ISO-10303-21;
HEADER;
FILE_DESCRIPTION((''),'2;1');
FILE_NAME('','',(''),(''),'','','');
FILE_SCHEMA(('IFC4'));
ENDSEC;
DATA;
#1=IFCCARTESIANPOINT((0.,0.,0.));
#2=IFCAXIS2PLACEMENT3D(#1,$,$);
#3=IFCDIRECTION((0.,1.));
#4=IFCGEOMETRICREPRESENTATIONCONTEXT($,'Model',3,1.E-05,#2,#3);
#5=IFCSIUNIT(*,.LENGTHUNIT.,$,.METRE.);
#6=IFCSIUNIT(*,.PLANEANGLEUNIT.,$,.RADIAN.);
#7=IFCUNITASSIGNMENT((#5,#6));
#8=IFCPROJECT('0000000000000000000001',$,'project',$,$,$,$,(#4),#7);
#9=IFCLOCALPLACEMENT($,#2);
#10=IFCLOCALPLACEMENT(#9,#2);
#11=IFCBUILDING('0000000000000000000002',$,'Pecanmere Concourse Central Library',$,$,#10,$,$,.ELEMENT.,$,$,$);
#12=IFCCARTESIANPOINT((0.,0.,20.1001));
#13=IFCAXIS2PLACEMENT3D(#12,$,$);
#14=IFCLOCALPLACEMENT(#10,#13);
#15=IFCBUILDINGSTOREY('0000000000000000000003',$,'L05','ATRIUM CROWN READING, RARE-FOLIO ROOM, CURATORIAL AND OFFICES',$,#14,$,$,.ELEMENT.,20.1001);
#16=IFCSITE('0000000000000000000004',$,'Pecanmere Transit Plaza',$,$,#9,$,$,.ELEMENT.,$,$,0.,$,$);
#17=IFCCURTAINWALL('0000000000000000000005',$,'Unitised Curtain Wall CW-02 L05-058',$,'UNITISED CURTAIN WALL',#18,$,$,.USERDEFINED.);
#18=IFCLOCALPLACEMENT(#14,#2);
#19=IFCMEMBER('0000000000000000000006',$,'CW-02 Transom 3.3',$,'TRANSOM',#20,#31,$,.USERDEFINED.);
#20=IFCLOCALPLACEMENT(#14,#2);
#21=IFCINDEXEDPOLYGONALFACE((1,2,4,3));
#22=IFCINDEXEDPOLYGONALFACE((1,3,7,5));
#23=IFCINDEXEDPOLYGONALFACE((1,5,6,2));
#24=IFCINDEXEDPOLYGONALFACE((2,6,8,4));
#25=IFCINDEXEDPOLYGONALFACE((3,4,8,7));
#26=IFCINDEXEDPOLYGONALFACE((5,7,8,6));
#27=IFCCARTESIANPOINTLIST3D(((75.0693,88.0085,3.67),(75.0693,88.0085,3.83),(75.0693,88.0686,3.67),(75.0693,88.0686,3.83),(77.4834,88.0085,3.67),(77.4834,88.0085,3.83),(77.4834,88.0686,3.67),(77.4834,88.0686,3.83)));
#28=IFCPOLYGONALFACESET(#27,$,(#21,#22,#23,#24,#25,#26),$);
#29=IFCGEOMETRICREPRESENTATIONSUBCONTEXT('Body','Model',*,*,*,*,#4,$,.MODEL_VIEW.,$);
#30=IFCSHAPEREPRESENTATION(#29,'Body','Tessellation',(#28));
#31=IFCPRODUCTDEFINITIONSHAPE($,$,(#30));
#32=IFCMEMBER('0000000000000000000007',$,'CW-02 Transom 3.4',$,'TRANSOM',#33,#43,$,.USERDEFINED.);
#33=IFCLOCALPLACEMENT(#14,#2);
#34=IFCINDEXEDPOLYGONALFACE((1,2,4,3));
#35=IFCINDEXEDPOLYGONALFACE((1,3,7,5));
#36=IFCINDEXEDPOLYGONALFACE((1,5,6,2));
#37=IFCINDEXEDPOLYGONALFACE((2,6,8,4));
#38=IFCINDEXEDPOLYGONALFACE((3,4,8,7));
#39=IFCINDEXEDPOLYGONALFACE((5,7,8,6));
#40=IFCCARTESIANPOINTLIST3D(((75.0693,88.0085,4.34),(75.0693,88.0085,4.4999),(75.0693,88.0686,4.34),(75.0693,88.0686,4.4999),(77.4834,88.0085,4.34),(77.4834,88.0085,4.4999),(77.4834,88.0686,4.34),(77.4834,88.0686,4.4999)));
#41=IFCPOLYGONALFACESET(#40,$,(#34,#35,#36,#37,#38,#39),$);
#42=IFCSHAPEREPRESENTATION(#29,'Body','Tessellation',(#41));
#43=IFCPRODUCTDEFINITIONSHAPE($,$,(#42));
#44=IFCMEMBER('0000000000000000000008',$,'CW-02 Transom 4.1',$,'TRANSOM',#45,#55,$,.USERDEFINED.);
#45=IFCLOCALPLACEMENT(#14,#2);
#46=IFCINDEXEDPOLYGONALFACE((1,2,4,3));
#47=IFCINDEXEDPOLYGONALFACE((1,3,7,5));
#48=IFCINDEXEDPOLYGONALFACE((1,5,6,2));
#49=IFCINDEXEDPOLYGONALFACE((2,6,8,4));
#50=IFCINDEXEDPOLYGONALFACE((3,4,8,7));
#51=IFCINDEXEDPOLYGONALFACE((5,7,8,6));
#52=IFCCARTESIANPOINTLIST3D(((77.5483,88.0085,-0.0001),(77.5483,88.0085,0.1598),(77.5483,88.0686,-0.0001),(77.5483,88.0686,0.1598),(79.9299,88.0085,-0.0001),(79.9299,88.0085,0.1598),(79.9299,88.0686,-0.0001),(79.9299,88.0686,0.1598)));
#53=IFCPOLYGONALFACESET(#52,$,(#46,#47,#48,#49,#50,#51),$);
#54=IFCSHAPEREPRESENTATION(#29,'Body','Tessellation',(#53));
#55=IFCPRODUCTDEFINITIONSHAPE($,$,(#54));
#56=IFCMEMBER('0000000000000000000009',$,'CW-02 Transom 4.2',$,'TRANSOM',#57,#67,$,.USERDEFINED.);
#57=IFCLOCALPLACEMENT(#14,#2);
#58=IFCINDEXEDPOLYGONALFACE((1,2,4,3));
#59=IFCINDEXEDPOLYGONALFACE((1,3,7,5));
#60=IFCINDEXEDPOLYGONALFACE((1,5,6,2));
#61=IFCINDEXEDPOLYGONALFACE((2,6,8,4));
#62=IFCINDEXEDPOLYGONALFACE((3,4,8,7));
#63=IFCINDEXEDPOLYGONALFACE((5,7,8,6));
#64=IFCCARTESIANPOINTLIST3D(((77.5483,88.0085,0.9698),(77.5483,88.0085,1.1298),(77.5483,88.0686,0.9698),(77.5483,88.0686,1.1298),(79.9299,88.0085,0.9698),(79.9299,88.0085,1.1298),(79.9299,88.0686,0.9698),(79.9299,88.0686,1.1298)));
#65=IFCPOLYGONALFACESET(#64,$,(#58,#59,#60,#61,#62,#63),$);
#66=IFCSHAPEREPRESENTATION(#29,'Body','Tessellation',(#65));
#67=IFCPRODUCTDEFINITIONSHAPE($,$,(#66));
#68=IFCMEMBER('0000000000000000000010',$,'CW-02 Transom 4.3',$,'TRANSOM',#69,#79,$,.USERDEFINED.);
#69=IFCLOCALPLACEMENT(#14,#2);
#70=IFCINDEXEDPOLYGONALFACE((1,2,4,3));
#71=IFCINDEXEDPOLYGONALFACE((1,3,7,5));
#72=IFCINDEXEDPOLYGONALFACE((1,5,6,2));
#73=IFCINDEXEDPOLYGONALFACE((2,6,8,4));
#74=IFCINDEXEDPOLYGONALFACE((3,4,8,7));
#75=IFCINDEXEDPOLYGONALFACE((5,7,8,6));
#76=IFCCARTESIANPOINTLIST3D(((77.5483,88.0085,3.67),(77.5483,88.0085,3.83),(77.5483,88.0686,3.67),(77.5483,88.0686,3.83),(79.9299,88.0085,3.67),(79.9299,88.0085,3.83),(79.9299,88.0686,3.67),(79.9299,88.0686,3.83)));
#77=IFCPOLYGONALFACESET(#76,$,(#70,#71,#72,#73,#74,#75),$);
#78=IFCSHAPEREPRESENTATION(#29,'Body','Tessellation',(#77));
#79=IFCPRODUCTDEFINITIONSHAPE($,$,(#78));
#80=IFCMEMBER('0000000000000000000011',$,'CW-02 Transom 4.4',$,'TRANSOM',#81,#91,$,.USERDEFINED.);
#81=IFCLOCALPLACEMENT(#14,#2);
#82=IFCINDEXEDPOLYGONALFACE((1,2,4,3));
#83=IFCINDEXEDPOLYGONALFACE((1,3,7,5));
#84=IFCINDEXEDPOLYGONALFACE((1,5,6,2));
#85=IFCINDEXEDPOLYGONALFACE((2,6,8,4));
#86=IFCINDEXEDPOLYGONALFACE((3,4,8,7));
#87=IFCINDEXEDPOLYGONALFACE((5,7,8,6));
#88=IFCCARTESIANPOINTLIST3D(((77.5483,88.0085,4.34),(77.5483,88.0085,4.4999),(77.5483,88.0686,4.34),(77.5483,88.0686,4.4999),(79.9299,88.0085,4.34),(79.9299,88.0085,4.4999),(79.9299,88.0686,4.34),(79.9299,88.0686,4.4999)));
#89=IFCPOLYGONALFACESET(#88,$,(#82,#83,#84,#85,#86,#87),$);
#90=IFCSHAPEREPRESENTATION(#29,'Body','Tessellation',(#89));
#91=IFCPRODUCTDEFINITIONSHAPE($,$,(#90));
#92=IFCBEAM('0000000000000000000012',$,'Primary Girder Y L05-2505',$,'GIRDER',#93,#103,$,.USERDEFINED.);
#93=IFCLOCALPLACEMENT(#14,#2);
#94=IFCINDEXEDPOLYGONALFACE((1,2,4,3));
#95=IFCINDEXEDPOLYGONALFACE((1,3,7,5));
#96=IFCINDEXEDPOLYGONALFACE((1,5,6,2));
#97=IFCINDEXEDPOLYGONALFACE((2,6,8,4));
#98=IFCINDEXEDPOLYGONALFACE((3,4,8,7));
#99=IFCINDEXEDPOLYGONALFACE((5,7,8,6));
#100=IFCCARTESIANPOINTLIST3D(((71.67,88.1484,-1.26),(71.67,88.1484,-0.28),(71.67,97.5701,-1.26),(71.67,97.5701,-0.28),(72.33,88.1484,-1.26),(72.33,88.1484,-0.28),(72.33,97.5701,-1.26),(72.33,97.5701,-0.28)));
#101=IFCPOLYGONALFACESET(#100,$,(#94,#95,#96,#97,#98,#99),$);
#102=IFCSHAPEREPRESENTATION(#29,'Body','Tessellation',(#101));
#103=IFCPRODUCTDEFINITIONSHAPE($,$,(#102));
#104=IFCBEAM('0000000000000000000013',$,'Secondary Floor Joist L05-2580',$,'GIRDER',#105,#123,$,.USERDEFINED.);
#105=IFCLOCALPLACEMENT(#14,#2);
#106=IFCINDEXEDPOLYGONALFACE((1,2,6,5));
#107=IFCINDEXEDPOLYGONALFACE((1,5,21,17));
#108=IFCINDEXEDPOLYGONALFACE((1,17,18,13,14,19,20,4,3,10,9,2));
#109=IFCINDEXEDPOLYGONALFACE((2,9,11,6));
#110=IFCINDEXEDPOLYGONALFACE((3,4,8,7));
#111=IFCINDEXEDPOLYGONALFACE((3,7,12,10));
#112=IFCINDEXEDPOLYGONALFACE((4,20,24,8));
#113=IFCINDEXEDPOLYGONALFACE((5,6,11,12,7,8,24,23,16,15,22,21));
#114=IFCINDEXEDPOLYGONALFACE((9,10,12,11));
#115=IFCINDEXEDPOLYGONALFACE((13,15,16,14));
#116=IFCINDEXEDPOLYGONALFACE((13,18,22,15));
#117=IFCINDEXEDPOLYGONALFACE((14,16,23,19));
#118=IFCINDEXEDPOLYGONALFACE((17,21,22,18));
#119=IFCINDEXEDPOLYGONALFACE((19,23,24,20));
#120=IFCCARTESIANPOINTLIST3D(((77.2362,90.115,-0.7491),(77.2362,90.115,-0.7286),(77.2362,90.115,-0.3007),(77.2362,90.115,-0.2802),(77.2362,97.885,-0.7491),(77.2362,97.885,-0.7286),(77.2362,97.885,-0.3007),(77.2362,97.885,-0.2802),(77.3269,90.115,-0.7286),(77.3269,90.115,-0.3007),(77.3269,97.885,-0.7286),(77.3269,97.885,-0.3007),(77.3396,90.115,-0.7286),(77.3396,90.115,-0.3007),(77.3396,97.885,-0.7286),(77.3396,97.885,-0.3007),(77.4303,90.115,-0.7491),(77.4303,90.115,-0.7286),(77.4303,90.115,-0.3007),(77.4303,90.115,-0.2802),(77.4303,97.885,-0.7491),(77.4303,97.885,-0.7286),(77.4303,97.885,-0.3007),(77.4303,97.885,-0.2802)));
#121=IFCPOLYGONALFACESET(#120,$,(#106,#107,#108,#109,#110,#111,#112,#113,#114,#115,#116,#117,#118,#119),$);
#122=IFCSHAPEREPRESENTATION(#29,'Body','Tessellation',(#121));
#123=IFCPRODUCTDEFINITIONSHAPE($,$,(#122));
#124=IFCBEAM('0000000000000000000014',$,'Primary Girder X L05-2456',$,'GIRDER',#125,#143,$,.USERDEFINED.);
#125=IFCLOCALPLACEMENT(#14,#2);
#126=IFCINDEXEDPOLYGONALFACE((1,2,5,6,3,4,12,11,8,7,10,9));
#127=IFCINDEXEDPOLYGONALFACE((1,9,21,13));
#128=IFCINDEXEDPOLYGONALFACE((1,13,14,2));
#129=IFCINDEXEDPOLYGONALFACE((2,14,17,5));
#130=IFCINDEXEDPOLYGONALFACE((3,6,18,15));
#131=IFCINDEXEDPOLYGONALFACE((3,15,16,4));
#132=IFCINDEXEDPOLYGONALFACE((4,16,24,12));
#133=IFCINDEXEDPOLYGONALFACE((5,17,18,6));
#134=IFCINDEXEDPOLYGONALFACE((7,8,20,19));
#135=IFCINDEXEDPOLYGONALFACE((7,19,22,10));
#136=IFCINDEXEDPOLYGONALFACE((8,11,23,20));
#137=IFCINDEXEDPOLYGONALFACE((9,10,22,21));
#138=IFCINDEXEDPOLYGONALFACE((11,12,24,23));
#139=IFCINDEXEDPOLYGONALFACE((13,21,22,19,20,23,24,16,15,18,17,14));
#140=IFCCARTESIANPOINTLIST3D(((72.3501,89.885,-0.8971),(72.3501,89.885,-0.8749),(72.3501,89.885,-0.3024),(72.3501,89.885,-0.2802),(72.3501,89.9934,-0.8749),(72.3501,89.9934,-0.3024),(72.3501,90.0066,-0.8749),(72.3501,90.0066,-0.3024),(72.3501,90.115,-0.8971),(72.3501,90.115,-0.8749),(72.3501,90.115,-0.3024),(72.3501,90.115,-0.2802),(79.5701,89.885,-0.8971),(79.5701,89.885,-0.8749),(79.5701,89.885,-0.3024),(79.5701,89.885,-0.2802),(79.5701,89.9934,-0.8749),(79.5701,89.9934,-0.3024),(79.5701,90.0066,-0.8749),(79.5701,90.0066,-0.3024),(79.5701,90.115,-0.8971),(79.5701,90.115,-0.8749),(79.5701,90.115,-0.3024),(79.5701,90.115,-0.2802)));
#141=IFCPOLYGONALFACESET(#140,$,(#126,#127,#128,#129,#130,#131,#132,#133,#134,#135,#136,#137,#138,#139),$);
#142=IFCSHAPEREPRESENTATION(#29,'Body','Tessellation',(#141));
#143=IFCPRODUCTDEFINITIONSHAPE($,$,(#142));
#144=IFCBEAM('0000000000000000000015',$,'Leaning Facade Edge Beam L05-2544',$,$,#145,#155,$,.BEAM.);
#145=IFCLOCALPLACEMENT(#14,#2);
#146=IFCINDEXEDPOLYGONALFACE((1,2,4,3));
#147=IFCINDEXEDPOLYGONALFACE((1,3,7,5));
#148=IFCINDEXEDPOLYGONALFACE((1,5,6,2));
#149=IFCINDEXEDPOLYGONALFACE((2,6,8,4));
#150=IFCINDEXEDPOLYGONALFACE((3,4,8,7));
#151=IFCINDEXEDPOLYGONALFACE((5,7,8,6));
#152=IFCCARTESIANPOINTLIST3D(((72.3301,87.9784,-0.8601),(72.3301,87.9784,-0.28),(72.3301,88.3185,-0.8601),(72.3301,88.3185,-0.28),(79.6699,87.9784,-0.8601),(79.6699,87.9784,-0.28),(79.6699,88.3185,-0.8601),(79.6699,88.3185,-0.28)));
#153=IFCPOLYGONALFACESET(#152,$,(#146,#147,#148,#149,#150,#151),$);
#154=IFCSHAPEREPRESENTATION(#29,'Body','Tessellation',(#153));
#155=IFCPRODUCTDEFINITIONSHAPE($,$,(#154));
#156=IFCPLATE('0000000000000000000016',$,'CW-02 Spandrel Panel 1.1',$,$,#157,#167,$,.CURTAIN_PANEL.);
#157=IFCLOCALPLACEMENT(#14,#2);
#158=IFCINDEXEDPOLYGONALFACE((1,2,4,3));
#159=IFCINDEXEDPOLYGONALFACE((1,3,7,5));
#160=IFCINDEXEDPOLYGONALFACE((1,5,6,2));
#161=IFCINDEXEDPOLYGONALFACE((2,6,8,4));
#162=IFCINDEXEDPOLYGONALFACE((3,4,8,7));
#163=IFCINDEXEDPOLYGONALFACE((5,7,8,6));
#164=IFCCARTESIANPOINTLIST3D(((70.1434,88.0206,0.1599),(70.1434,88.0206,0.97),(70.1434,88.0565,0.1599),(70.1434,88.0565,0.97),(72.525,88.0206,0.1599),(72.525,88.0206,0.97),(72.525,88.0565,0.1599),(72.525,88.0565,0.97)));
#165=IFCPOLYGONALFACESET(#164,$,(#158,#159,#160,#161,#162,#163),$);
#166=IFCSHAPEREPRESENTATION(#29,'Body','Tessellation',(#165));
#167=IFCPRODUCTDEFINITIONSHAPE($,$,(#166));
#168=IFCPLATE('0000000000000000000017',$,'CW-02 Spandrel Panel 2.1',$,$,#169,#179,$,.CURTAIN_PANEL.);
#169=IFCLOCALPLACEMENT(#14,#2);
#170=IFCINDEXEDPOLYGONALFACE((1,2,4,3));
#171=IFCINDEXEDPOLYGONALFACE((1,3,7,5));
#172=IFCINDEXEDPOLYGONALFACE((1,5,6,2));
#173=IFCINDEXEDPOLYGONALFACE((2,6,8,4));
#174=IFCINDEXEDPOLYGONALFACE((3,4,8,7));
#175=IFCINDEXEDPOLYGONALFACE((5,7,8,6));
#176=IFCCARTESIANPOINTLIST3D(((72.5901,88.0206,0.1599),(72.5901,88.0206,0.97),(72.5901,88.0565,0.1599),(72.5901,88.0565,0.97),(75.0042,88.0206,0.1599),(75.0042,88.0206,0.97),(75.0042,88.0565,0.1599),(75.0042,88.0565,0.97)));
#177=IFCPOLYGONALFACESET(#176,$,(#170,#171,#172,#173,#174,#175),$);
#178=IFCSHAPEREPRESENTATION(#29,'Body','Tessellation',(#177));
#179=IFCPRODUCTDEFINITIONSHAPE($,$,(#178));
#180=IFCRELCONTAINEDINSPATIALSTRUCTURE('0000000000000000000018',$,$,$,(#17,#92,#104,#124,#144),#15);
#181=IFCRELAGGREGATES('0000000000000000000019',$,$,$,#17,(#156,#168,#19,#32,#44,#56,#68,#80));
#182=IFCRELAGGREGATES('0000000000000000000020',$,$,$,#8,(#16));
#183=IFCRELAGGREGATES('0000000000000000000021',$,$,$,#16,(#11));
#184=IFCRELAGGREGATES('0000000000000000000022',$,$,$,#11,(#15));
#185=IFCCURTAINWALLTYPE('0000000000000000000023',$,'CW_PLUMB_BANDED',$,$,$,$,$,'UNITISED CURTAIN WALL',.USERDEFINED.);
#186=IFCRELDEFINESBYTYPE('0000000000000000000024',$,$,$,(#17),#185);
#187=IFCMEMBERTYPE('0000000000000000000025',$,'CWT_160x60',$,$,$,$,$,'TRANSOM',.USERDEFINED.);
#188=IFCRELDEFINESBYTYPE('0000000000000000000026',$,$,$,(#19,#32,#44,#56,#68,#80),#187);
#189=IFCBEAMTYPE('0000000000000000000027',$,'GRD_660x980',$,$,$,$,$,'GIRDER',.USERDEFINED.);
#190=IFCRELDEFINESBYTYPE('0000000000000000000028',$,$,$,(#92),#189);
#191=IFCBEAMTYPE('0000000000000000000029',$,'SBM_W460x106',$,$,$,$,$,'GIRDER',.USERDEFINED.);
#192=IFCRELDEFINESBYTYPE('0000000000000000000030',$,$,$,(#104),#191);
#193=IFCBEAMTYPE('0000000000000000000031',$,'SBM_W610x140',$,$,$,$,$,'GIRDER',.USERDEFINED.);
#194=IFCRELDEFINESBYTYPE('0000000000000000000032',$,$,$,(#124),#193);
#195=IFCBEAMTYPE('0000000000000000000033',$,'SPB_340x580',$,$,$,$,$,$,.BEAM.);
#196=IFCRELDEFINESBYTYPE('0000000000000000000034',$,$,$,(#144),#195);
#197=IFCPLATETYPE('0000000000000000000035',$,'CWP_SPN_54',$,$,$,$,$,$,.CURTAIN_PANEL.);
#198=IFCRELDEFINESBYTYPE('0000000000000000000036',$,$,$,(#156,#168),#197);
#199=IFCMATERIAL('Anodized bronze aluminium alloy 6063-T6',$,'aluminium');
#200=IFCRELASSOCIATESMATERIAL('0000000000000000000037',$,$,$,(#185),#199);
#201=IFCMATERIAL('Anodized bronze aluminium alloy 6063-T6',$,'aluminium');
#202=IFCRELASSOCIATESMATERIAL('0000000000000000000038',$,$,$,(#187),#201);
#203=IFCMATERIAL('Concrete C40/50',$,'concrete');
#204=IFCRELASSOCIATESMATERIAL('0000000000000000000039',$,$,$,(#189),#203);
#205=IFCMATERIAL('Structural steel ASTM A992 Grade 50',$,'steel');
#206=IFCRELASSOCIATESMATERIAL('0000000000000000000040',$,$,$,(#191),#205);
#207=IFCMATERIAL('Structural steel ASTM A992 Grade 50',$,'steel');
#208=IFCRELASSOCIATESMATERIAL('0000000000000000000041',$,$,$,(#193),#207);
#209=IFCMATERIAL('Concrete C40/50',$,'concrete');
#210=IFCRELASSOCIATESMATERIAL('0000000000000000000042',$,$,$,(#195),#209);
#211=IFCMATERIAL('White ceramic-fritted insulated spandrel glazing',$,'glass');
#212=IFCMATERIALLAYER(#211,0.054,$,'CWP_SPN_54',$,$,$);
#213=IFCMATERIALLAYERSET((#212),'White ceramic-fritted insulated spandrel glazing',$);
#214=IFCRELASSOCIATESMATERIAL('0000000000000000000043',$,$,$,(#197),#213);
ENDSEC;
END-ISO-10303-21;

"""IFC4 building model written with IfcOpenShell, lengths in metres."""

from ifc_helpers import new_model, si_unit, direction, frame, origin, origin_2d, place, context, subcontext, project, spatial, rectangle, i_section, extrude, material, layer, layer_set, material_profile, profile_set, type_object, element, aggregate, save


model = new_model("IFC4")

# Units and contexts
model_context = context("Model", 3, precision=1e-05, world=origin(), true_north=direction((0.0, 1.0)))
body_context = subcontext(model_context, "Body", "Model", "MODEL_VIEW")
ifc_project = project(units=[si_unit("LENGTHUNIT", "METRE"), si_unit("PLANEANGLEUNIT", "RADIAN")], contexts=[model_context])

# Site, building, storey
site_placement = place(None, origin())
site = spatial("IfcSite", under=ifc_project, at=site_placement, Name="Pecanmere Transit Plaza", CompositionType="ELEMENT", RefElevation=0.0)
building_placement = place(site_placement, origin())
building = spatial("IfcBuilding", under=site, at=building_placement, Name="Pecanmere Concourse Central Library", CompositionType="ELEMENT")
storey_placement = place(building_placement, frame((0.0, 0.0, 20.1001)))
storey = spatial("IfcBuildingStorey", under=building, at=storey_placement, Name="L05", Description="ATRIUM CROWN READING, RARE-FOLIO ROOM, CURATORIAL AND OFFICES", CompositionType="ELEMENT", Elevation=20.1001)

# Curtain wall, members
ifc_material_1 = material(Name="Anodized bronze aluminium alloy 6063-T6", Category="aluminium")
curtain_wall_type = type_object("IfcCurtainWallType", Name="CW_PLUMB_BANDED", ElementType="UNITISED CURTAIN WALL", PredefinedType="USERDEFINED", material=ifc_material_1)
curtain_wall_placement = place(storey_placement, origin())
curtain_wall = element("IfcCurtainWall", 1, at=curtain_wall_placement, inside=storey, type_object=curtain_wall_type, Name="Unitised Curtain Wall CW-02 L05-058", ObjectType="UNITISED CURTAIN WALL", PredefinedType="USERDEFINED")
ifc_material_2 = material(Name="Anodized bronze aluminium alloy 6063-T6", Category="aluminium")
ifc_material_profile_1 = material_profile(ifc_material_2, rectangle(XDim=0.0601, YDim=0.1599, at=origin_2d()), Name="AL 60x160")
ifc_profile_set_1 = profile_set([ifc_material_profile_1], Name="Anodized bronze aluminium alloy 6063-T6")
member_type_1 = type_object("IfcMemberType", Name="CWT_160x60", ElementType="TRANSOM", PredefinedType="USERDEFINED", material=ifc_profile_set_1)
member_1_placement = place(storey_placement, frame((75.0693, 88.0386, 3.75), z_axis=(1.0, 0.0, 0.0), x_axis=(0.0, 1.0, 0.0)))
member_1 = element("IfcMember", 2, at=member_1_placement, type_object=member_type_1, Name="CW-02 Transom 3.3", ObjectType="TRANSOM", PredefinedType="USERDEFINED", context=body_context, shape_type="SweptSolid", body=[
    extrude(rectangle(XDim=0.0601, YDim=0.1599, at=origin_2d()), origin(), (0.0, 0.0, 1.0), 2.4141),
])
member_2_placement = place(storey_placement, frame((75.0693, 88.0386, 4.4199), z_axis=(1.0, 0.0, 0.0), x_axis=(0.0, 1.0, 0.0)))
member_2 = element("IfcMember", 3, at=member_2_placement, type_object=member_type_1, Name="CW-02 Transom 3.4", ObjectType="TRANSOM", PredefinedType="USERDEFINED", context=body_context, shape_type="SweptSolid", body=[
    extrude(rectangle(XDim=0.0601, YDim=0.1599, at=origin_2d()), origin(), (0.0, 0.0, 1.0), 2.4141),
])
member_3_placement = place(storey_placement, frame((77.5483, 88.0386, 0.0798), z_axis=(1.0, 0.0, 0.0), x_axis=(0.0, 1.0, 0.0)))
member_3 = element("IfcMember", 4, at=member_3_placement, type_object=member_type_1, Name="CW-02 Transom 4.1", ObjectType="TRANSOM", PredefinedType="USERDEFINED", context=body_context, shape_type="SweptSolid", body=[
    extrude(rectangle(XDim=0.0601, YDim=0.1599, at=origin_2d()), origin(), (0.0, 0.0, 1.0), 2.3816),
])
member_4_placement = place(storey_placement, frame((77.5483, 88.0386, 1.0498), z_axis=(1.0, 0.0, 0.0), x_axis=(0.0, 1.0, 0.0)))
member_4 = element("IfcMember", 5, at=member_4_placement, type_object=member_type_1, Name="CW-02 Transom 4.2", ObjectType="TRANSOM", PredefinedType="USERDEFINED", context=body_context, shape_type="SweptSolid", body=[
    extrude(rectangle(XDim=0.0601, YDim=0.1599, at=origin_2d()), origin(), (0.0, 0.0, 1.0), 2.3816),
])
member_5_placement = place(storey_placement, frame((77.5483, 88.0386, 3.75), z_axis=(1.0, 0.0, 0.0), x_axis=(0.0, 1.0, 0.0)))
member_5 = element("IfcMember", 6, at=member_5_placement, type_object=member_type_1, Name="CW-02 Transom 4.3", ObjectType="TRANSOM", PredefinedType="USERDEFINED", context=body_context, shape_type="SweptSolid", body=[
    extrude(rectangle(XDim=0.0601, YDim=0.1599, at=origin_2d()), origin(), (0.0, 0.0, 1.0), 2.3816),
])
member_6_placement = place(storey_placement, frame((77.5483, 88.0386, 4.4199), z_axis=(1.0, 0.0, 0.0), x_axis=(0.0, 1.0, 0.0)))
member_6 = element("IfcMember", 7, at=member_6_placement, type_object=member_type_1, Name="CW-02 Transom 4.4", ObjectType="TRANSOM", PredefinedType="USERDEFINED", context=body_context, shape_type="SweptSolid", body=[
    extrude(rectangle(XDim=0.0601, YDim=0.1599, at=origin_2d()), origin(), (0.0, 0.0, 1.0), 2.3816),
])

# Beams
ifc_material_3 = material(Name="Concrete C40/50", Category="concrete")
ifc_material_profile_2 = material_profile(ifc_material_3, rectangle(XDim=0.6599, YDim=0.98, at=origin_2d()), Name="RC 660x980")
ifc_profile_set_2 = profile_set([ifc_material_profile_2], Name="Concrete C40/50")
beam_type_1 = type_object("IfcBeamType", Name="GRD_660x980", ElementType="GIRDER", PredefinedType="USERDEFINED", material=ifc_profile_set_2)
beam_1_placement = place(storey_placement, frame((72.0, 88.1484, -0.77), z_axis=(0.0, 1.0, 0.0), x_axis=(-1.0, 0.0, 0.0)))
element("IfcBeam", 8, at=beam_1_placement, inside=storey, type_object=beam_type_1, Name="Primary Girder Y L05-2505", ObjectType="GIRDER", PredefinedType="USERDEFINED", context=body_context, shape_type="SweptSolid", body=[
    extrude(rectangle(XDim=0.6599, YDim=0.98, at=origin_2d()), origin(), (0.0, 0.0, 1.0), 9.4216),
])
ifc_material_4 = material(Name="Structural steel ASTM A992 Grade 50", Category="steel")
ifc_material_profile_3 = material_profile(ifc_material_4, i_section(OverallWidth=0.1941, OverallDepth=0.469, WebThickness=0.0127, FlangeThickness=0.0205, at=origin_2d()), Name="W460x106")
ifc_profile_set_3 = profile_set([ifc_material_profile_3], Name="Structural steel ASTM A992 Grade 50")
beam_type_2 = type_object("IfcBeamType", Name="SBM_W460x106", ElementType="GIRDER", PredefinedType="USERDEFINED", material=ifc_profile_set_3)
beam_2_placement = place(storey_placement, frame((77.3333, 90.115, -0.5146), z_axis=(0.0, 1.0, 0.0), x_axis=(-1.0, 0.0, 0.0)))
element("IfcBeam", 9, at=beam_2_placement, inside=storey, type_object=beam_type_2, Name="Secondary Floor Joist L05-2580", ObjectType="GIRDER", PredefinedType="USERDEFINED", context=body_context, shape_type="SweptSolid", body=[
    extrude(i_section(OverallWidth=0.1941, OverallDepth=0.469, WebThickness=0.0127, FlangeThickness=0.0205, at=origin_2d()), origin(), (0.0, 0.0, 1.0), 7.77),
])
ifc_material_5 = material(Name="Structural steel ASTM A992 Grade 50", Category="steel")
ifc_material_profile_4 = material_profile(ifc_material_5, i_section(OverallWidth=0.23, OverallDepth=0.6169, WebThickness=0.0132, FlangeThickness=0.0222, at=origin_2d()), Name="W610x140")
ifc_profile_set_4 = profile_set([ifc_material_profile_4], Name="Structural steel ASTM A992 Grade 50")
beam_type_3 = type_object("IfcBeamType", Name="SBM_W610x140", ElementType="GIRDER", PredefinedType="USERDEFINED", material=ifc_profile_set_4)
beam_3_placement = place(storey_placement, frame((72.3501, 90.0, -0.5886), z_axis=(1.0, 0.0, 0.0), x_axis=(0.0, 1.0, 0.0)))
element("IfcBeam", 10, at=beam_3_placement, inside=storey, type_object=beam_type_3, Name="Primary Girder X L05-2456", ObjectType="GIRDER", PredefinedType="USERDEFINED", context=body_context, shape_type="SweptSolid", body=[
    extrude(i_section(OverallWidth=0.23, OverallDepth=0.6169, WebThickness=0.0132, FlangeThickness=0.0222, at=origin_2d()), origin(), (0.0, 0.0, 1.0), 7.22),
])
ifc_material_6 = material(Name="Concrete C40/50", Category="concrete")
ifc_material_profile_5 = material_profile(ifc_material_6, rectangle(XDim=0.3401, YDim=0.5801, at=origin_2d()), Name="RC 340x580")
ifc_profile_set_5 = profile_set([ifc_material_profile_5], Name="Concrete C40/50")
beam_type_4 = type_object("IfcBeamType", Name="SPB_340x580", PredefinedType="BEAM", material=ifc_profile_set_5)
beam_4_placement = place(storey_placement, frame((72.3301, 88.1484, -0.5701), z_axis=(1.0, 0.0, 0.0), x_axis=(0.0, 1.0, 0.0)))
element("IfcBeam", 11, at=beam_4_placement, inside=storey, type_object=beam_type_4, Name="Leaning Facade Edge Beam L05-2544", PredefinedType="BEAM", context=body_context, shape_type="SweptSolid", body=[
    extrude(rectangle(XDim=0.3401, YDim=0.5801, at=origin_2d()), origin(), (0.0, 0.0, 1.0), 7.3398),
])

# Plates
ifc_material_7 = material(Name="White ceramic-fritted insulated spandrel glazing", Category="glass")
ifc_layer_1 = layer(ifc_material_7, 0.054, Name="CWP_SPN_54")
ifc_layer_set_1 = layer_set([ifc_layer_1], Name="White ceramic-fritted insulated spandrel glazing")
plate_type_1 = type_object("IfcPlateType", Name="CWP_SPN_54", PredefinedType="CURTAIN_PANEL", material=ifc_layer_set_1)
plate_1_placement = place(storey_placement, frame((71.3342, 88.0386, 0.1599), z_axis=(0.0, 0.0, 1.0), x_axis=(1.0, 0.0, 0.0)))
plate_1 = element("IfcPlate", 12, at=plate_1_placement, type_object=plate_type_1, Name="CW-02 Spandrel Panel 1.1", PredefinedType="CURTAIN_PANEL", context=body_context, shape_type="SweptSolid", body=[
    extrude(rectangle(XDim=2.3816, YDim=0.0359, at=origin_2d()), origin(), (0.0, 0.0, 1.0), 0.8101),
])
plate_2_placement = place(storey_placement, frame((73.7971, 88.0386, 0.1599), z_axis=(0.0, 0.0, 1.0), x_axis=(1.0, 0.0, 0.0)))
plate_2 = element("IfcPlate", 13, at=plate_2_placement, type_object=plate_type_1, Name="CW-02 Spandrel Panel 2.1", PredefinedType="CURTAIN_PANEL", context=body_context, shape_type="SweptSolid", body=[
    extrude(rectangle(XDim=2.4141, YDim=0.0359, at=origin_2d()), origin(), (0.0, 0.0, 1.0), 0.8101),
])
aggregate(curtain_wall, [plate_1, plate_2, member_1, member_2, member_3, member_4, member_5, member_6])

save(model, "model.ifc")
